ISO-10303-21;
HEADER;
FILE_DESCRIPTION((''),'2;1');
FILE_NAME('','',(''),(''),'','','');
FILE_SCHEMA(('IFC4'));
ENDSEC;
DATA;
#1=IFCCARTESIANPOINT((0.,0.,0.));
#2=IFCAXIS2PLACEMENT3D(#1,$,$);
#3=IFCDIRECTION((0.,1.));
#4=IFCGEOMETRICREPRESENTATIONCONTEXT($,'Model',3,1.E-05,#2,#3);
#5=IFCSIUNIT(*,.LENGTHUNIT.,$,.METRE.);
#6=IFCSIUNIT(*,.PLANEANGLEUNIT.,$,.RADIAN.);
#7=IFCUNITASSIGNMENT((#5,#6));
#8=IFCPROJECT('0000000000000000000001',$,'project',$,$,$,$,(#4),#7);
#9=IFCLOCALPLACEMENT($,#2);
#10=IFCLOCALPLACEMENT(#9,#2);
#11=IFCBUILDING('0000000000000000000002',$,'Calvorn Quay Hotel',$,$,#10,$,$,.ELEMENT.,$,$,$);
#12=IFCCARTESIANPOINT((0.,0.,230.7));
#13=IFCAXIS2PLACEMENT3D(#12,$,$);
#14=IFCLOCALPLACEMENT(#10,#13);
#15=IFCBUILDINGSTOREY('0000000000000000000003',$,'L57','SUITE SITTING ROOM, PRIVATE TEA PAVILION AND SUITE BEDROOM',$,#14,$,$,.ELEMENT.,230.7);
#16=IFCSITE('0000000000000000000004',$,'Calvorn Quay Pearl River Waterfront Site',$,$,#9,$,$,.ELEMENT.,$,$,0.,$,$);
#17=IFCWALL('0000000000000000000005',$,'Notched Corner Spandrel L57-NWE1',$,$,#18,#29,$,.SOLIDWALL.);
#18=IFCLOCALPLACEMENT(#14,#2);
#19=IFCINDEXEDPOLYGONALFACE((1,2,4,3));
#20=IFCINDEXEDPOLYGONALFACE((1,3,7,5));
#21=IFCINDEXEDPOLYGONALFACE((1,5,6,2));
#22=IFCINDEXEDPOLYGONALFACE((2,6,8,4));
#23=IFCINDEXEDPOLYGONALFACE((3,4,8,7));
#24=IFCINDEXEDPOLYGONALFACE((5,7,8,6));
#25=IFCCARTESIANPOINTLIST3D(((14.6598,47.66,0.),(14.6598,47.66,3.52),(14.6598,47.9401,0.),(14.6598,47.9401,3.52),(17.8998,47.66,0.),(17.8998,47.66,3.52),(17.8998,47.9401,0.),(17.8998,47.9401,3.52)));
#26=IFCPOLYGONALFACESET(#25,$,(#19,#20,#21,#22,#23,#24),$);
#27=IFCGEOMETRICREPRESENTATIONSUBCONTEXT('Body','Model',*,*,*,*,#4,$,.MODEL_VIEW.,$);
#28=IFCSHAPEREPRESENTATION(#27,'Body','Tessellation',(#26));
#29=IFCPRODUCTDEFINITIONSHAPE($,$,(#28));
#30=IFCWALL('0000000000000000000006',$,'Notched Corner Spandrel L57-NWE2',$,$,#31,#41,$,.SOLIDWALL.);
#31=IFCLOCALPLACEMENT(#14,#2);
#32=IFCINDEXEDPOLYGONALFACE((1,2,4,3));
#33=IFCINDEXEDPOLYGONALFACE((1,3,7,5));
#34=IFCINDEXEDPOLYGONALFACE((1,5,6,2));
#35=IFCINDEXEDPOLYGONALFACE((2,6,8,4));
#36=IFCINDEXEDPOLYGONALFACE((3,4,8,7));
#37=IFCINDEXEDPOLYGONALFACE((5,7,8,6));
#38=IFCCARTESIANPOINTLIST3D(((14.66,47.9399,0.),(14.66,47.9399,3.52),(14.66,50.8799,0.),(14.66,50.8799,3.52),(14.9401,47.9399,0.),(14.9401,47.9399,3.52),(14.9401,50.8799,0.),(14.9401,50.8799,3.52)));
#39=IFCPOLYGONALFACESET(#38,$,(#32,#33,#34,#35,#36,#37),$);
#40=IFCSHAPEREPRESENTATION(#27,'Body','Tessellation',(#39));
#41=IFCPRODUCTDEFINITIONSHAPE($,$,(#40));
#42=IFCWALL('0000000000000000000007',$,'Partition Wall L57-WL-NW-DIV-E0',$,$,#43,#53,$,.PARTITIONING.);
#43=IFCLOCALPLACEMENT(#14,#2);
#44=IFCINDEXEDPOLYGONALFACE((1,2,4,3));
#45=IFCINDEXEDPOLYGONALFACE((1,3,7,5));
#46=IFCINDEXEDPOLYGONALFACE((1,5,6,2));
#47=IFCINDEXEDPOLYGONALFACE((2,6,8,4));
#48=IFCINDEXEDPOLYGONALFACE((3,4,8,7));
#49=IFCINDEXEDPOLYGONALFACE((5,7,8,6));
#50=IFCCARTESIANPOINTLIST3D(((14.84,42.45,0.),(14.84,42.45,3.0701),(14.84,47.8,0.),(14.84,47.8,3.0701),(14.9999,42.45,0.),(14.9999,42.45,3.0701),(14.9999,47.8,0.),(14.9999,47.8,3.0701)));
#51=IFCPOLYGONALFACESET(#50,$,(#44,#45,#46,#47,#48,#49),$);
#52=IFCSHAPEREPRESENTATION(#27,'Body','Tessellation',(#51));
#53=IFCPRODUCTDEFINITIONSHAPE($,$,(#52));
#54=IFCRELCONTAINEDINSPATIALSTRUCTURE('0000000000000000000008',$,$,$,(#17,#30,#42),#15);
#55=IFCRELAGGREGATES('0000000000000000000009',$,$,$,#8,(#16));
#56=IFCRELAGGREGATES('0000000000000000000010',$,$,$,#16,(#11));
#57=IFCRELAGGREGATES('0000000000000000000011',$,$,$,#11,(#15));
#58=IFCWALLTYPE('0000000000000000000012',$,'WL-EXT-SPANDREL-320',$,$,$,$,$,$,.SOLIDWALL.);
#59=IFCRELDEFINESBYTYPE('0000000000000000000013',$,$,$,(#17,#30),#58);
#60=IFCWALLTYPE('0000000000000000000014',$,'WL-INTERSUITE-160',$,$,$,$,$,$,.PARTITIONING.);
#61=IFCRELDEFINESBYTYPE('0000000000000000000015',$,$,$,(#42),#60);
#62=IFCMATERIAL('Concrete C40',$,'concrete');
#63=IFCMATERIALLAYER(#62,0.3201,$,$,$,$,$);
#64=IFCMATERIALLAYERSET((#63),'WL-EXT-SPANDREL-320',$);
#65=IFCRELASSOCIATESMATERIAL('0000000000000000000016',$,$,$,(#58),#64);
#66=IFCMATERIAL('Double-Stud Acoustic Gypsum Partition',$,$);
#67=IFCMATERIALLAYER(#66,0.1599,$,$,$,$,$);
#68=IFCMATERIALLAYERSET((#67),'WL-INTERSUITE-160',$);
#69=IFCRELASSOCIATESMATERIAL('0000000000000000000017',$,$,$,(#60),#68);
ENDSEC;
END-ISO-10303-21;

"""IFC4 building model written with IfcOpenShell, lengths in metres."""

from ifc_helpers import new_model, si_unit, direction, frame, frame_2d, origin, place, context, subcontext, project, spatial, rectangle, extrude, material, layer, layer_set, type_object, element, save


model = new_model("IFC4")

# Units and contexts
model_context = context("Model", 3, precision=1e-05, world=origin(), true_north=direction((0.0, 1.0)))
body_context = subcontext(model_context, "Body", "Model", "MODEL_VIEW")
ifc_project = project(units=[si_unit("LENGTHUNIT", "METRE"), si_unit("PLANEANGLEUNIT", "RADIAN")], contexts=[model_context])

# Site, building, storey
site_placement = place(None, origin())
site = spatial("IfcSite", under=ifc_project, at=site_placement, Name="Calvorn Quay Pearl River Waterfront Site", CompositionType="ELEMENT", RefElevation=0.0)
building_placement = place(site_placement, origin())
building = spatial("IfcBuilding", under=site, at=building_placement, Name="Calvorn Quay Hotel", CompositionType="ELEMENT")
storey_placement = place(building_placement, frame((0.0, 0.0, 230.7)))
storey = spatial("IfcBuildingStorey", under=building, at=storey_placement, Name="L57", Description="SUITE SITTING ROOM, PRIVATE TEA PAVILION AND SUITE BEDROOM", CompositionType="ELEMENT", Elevation=230.7)

# Walls
ifc_material_1 = material(Name="Concrete C40", Category="concrete")
ifc_layer_1 = layer(ifc_material_1, 0.3201)
ifc_layer_set_1 = layer_set([ifc_layer_1], Name="WL-EXT-SPANDREL-320")
wall_type_1 = type_object("IfcWallType", Name="WL-EXT-SPANDREL-320", PredefinedType="SOLIDWALL", material=ifc_layer_set_1)
wall_1_placement = place(storey_placement, frame((17.8999, 47.8, 0.0), z_axis=(0.0, 0.0, 1.0), x_axis=(-1.0, 0.0, 0.0)))
element("IfcWall", 1, at=wall_1_placement, inside=storey, type_object=wall_type_1, Name="Notched Corner Spandrel L57-NWE1", PredefinedType="SOLIDWALL", context=body_context, shape_type="SweptSolid", body=[
    extrude(rectangle(XDim=3.24, YDim=0.28, at=frame_2d((1.6201, 0.0))), origin(), (0.0, 0.0, 1.0), 3.52),
])
wall_2_placement = place(storey_placement, frame((14.8, 47.9399, 0.0), z_axis=(0.0, 0.0, 1.0), x_axis=(0.0, 1.0, 0.0)))
element("IfcWall", 2, at=wall_2_placement, inside=storey, type_object=wall_type_1, Name="Notched Corner Spandrel L57-NWE2", PredefinedType="SOLIDWALL", context=body_context, shape_type="SweptSolid", body=[
    extrude(rectangle(XDim=2.9399, YDim=0.28, at=frame_2d((1.47, 0.0))), origin(), (0.0, 0.0, 1.0), 3.52),
])
ifc_material_2 = material(Name="Double-Stud Acoustic Gypsum Partition")
ifc_layer_2 = layer(ifc_material_2, 0.1599)
ifc_layer_set_2 = layer_set([ifc_layer_2], Name="WL-INTERSUITE-160")
wall_type_2 = type_object("IfcWallType", Name="WL-INTERSUITE-160", PredefinedType="PARTITIONING", material=ifc_layer_set_2)
wall_3_placement = place(storey_placement, frame((14.9199, 42.45, 0.0), z_axis=(0.0, 0.0, 1.0), x_axis=(0.0, 1.0, 0.0)))
element("IfcWall", 3, at=wall_3_placement, inside=storey, type_object=wall_type_2, Name="Partition Wall L57-WL-NW-DIV-E0", PredefinedType="PARTITIONING", context=body_context, shape_type="SweptSolid", body=[
    extrude(rectangle(XDim=5.3501, YDim=0.1599, at=frame_2d((2.675, 0.0))), origin(), (0.0, 0.0, 1.0), 3.0701),
])

save(model, "model.ifc")
